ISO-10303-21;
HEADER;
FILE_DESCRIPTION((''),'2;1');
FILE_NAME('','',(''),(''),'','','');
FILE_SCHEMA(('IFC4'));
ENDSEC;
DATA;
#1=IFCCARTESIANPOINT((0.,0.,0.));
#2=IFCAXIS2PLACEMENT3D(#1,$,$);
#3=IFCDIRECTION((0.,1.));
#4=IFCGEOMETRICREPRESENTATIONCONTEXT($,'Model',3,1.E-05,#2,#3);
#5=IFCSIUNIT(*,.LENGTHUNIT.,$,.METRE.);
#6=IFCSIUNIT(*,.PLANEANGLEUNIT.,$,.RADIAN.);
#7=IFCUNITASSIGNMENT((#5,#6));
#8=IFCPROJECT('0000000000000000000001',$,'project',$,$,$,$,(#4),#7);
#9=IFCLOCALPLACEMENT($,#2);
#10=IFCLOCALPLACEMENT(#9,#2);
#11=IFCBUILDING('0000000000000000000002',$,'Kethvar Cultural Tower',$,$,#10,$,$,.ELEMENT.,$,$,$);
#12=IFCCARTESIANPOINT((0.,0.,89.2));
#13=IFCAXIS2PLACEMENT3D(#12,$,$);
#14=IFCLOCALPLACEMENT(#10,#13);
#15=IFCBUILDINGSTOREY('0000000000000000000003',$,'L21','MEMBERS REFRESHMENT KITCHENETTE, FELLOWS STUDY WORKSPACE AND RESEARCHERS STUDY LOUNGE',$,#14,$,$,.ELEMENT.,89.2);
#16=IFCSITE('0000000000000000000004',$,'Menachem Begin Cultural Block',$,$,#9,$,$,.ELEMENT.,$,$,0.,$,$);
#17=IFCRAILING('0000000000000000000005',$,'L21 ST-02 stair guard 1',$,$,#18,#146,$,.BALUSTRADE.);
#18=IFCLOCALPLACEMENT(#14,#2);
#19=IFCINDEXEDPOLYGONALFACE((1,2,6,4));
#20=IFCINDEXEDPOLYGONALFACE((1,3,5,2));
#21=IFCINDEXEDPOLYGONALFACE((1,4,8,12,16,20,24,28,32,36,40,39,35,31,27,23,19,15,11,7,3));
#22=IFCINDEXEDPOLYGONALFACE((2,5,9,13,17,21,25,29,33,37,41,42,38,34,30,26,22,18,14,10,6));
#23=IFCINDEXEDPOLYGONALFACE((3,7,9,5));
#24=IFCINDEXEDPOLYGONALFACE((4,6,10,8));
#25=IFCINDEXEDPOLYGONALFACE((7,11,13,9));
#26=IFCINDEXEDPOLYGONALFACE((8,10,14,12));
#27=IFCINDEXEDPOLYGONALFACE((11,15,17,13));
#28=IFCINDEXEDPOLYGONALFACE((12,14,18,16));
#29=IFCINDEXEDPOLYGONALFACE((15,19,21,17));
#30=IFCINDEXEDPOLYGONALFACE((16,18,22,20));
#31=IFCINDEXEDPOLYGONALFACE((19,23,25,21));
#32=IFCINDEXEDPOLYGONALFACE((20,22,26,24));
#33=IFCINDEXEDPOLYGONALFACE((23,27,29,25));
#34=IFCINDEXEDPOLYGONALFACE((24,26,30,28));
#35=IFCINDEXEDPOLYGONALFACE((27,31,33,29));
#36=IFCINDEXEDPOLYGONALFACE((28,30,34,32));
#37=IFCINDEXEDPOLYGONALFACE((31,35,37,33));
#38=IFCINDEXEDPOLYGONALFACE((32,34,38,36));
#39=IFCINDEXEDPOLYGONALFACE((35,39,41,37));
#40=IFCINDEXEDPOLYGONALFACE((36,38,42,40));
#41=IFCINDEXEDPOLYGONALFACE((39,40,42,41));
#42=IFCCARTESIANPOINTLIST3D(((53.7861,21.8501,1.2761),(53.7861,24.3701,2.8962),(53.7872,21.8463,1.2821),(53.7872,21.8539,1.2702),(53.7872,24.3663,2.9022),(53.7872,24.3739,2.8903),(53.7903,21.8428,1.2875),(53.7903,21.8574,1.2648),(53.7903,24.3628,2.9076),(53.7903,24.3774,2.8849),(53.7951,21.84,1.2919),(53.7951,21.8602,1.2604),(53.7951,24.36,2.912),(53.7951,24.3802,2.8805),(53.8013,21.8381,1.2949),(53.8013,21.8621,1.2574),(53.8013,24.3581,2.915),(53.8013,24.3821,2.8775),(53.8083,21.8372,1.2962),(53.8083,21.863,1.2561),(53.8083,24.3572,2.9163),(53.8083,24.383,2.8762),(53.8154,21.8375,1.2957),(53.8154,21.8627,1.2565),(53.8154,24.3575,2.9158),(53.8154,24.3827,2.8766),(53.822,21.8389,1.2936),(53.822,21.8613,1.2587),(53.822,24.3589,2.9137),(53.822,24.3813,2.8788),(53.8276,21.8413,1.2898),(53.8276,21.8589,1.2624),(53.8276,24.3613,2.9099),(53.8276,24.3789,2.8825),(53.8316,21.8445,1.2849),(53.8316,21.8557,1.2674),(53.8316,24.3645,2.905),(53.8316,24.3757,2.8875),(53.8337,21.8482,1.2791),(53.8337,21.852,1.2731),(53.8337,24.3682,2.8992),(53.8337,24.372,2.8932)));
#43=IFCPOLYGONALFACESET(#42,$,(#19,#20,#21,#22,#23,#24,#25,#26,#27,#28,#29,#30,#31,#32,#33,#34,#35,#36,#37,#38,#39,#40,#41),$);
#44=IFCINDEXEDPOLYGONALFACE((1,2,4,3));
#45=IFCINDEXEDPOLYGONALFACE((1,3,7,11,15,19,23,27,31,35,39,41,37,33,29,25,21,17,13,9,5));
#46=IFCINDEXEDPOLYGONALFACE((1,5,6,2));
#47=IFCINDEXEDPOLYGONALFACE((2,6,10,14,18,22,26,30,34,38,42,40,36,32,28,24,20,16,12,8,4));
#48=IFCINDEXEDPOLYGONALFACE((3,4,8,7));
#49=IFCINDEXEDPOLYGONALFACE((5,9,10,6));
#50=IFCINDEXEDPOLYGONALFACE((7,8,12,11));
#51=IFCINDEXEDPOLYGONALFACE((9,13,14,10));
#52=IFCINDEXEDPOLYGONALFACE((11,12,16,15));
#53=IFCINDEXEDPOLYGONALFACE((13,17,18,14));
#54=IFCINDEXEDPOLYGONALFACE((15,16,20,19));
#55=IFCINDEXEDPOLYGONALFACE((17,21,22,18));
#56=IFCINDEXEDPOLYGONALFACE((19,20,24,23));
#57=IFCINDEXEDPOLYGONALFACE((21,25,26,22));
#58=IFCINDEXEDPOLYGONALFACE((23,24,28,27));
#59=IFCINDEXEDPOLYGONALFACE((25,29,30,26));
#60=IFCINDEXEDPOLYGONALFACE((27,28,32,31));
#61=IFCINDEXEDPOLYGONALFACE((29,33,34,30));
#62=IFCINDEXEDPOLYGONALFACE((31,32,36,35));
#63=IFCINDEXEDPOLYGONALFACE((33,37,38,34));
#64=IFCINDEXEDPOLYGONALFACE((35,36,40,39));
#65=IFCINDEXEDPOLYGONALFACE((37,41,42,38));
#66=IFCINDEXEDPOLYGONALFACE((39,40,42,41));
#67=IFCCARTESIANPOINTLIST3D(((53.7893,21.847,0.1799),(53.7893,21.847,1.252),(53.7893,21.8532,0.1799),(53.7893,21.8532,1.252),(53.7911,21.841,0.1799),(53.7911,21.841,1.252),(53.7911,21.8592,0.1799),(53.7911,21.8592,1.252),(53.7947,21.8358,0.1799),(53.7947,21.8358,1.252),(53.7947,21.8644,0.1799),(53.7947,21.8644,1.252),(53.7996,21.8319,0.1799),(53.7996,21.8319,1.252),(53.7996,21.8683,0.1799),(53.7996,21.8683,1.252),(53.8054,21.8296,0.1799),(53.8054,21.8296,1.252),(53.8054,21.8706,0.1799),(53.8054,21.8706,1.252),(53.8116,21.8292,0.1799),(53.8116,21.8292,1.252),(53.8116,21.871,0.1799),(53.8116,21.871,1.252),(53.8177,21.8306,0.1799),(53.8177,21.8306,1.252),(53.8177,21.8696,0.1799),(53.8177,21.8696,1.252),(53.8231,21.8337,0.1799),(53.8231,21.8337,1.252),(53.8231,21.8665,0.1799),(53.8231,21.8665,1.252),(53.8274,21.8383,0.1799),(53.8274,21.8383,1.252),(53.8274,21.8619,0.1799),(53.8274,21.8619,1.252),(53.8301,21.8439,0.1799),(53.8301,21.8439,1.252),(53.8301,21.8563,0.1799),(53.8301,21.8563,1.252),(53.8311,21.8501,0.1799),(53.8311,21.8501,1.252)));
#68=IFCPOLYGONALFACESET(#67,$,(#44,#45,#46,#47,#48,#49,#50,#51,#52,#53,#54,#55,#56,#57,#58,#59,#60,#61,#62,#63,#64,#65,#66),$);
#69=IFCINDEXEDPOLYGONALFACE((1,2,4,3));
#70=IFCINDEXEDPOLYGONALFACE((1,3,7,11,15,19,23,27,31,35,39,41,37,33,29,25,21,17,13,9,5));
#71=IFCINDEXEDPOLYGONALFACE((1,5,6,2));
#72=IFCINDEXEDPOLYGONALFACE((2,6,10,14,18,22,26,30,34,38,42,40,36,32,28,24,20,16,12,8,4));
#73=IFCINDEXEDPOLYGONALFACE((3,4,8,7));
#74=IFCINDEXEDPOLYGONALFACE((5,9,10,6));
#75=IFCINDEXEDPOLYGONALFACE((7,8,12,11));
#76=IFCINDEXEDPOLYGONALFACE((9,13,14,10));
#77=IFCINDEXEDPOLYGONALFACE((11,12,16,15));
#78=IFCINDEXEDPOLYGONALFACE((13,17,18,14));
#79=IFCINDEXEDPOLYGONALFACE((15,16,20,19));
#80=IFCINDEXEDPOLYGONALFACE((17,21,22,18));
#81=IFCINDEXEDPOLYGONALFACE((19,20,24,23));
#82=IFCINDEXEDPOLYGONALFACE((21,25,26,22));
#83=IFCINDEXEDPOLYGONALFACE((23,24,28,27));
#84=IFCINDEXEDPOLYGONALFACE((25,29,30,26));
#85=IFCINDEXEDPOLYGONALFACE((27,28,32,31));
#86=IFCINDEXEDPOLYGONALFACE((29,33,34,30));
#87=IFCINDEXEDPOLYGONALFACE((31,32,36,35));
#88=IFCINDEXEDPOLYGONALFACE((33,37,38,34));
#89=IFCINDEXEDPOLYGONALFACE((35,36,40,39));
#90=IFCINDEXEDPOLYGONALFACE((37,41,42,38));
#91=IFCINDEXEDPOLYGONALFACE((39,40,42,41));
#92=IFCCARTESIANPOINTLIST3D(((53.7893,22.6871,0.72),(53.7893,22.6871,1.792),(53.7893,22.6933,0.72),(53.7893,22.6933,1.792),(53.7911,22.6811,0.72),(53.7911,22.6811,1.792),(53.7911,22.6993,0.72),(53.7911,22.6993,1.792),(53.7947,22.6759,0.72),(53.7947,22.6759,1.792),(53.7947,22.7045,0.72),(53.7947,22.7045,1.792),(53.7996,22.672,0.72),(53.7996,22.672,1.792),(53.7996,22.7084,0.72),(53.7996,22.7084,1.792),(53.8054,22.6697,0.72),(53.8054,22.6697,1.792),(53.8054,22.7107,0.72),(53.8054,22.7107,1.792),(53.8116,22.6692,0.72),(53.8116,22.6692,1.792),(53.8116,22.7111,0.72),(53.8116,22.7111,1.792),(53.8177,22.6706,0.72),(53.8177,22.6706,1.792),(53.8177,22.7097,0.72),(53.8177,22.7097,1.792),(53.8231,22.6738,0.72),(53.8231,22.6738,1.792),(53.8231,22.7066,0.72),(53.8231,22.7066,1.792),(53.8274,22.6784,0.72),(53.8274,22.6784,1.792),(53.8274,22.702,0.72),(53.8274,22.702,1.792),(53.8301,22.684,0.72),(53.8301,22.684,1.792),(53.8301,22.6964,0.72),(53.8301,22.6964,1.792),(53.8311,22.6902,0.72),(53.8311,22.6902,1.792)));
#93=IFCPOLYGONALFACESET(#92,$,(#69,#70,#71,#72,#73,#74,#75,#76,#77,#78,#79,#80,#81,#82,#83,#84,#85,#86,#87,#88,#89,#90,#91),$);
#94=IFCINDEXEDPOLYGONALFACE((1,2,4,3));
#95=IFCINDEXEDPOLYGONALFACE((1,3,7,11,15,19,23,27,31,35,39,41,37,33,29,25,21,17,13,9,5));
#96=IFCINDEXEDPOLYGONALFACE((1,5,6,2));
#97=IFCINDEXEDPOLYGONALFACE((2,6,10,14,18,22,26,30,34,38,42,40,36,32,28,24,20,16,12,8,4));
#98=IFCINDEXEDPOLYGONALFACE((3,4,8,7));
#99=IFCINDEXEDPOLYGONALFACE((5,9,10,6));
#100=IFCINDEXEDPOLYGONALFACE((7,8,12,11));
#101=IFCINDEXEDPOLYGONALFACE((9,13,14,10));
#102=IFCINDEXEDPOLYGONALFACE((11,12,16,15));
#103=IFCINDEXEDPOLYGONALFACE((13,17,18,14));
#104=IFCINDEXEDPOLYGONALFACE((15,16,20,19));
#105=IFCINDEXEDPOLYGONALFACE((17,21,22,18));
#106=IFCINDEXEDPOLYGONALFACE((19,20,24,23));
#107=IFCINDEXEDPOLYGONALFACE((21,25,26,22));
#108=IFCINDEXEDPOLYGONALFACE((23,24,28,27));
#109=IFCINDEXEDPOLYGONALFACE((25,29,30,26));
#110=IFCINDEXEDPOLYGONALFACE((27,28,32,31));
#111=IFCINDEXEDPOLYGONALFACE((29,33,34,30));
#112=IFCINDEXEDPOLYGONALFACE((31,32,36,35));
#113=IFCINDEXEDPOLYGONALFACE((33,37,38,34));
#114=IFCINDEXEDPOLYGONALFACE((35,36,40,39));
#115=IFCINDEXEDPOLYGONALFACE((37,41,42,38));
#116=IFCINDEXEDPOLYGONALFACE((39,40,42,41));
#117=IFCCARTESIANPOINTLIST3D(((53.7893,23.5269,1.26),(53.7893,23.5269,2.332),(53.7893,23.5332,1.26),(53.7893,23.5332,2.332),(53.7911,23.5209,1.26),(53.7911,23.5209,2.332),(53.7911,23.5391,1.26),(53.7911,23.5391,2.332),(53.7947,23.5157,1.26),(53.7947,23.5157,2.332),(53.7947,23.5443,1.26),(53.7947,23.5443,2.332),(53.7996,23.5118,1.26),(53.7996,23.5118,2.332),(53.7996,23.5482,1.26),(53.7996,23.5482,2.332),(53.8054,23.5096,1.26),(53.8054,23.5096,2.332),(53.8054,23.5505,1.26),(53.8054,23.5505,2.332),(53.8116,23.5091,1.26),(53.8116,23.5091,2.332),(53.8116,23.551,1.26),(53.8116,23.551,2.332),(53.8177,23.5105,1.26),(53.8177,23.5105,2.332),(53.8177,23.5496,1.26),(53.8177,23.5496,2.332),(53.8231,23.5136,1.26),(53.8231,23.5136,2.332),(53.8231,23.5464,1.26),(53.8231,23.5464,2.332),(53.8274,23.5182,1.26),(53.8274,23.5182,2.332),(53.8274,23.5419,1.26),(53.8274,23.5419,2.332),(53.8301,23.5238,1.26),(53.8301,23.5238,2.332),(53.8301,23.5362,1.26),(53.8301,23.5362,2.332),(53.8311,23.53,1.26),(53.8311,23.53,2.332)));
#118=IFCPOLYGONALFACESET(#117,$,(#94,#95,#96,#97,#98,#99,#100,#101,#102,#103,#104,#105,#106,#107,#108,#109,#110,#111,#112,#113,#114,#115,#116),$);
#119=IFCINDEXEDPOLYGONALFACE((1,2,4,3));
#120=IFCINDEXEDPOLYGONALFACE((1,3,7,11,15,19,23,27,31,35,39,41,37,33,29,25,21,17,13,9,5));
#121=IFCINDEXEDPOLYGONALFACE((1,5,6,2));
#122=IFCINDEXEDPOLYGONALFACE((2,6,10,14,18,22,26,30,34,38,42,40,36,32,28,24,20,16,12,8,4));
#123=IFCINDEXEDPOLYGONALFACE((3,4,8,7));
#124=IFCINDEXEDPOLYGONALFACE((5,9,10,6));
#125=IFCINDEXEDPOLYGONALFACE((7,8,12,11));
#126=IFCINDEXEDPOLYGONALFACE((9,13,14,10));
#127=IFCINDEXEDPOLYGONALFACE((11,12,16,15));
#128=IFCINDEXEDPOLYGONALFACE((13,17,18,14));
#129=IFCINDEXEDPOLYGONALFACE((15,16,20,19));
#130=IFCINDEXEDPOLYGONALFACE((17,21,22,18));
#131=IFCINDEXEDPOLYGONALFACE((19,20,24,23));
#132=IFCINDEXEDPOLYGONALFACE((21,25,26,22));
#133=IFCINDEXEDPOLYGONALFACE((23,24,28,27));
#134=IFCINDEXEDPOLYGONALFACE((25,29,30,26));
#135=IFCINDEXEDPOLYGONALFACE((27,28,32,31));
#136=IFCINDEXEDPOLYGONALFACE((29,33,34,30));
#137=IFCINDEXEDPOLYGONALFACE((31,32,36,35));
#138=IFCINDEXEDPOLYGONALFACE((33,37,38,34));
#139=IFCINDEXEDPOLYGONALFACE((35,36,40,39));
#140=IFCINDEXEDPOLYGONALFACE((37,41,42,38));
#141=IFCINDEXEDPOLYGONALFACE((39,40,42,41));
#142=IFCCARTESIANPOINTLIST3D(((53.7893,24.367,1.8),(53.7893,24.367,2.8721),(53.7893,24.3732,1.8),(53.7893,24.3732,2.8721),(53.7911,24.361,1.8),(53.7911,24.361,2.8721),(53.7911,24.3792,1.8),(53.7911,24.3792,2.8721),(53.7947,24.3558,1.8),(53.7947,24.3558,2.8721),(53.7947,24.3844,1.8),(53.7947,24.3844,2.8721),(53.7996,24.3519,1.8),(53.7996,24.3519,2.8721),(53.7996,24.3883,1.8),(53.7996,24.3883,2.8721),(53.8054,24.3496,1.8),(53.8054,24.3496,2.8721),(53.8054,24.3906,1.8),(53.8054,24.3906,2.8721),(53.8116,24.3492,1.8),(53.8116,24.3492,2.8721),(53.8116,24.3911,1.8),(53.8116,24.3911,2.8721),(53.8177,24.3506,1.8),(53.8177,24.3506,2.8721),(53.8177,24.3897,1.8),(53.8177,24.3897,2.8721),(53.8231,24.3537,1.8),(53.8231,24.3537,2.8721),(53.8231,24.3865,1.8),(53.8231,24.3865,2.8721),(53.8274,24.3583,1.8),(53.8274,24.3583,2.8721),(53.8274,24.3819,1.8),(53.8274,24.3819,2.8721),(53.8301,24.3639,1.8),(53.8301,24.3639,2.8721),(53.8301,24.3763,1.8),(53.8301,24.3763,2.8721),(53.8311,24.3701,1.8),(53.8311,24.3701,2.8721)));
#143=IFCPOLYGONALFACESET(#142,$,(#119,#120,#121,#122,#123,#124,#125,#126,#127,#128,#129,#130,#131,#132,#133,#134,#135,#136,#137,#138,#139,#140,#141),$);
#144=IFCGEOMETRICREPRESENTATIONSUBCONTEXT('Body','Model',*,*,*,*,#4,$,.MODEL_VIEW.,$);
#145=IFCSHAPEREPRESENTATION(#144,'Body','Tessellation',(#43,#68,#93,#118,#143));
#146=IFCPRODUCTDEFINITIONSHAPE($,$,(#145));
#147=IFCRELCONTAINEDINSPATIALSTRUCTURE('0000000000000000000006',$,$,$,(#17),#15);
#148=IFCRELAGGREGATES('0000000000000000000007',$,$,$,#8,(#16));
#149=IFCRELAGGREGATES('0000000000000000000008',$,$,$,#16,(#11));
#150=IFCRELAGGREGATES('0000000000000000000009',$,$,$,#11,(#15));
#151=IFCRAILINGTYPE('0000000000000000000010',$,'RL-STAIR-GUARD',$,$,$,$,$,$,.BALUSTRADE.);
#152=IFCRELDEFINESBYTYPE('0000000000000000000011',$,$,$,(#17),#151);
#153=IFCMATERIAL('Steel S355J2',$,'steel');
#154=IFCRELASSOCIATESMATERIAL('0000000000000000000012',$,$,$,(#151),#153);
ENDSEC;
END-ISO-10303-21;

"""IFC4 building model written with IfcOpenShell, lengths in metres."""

from ifc_helpers import new_model, si_unit, direction, frame, origin, origin_2d, place, context, subcontext, project, spatial, circle, extrude, material, type_object, element, save


model = new_model("IFC4")

# Units and contexts
model_context = context("Model", 3, precision=1e-05, world=origin(), true_north=direction((0.0, 1.0)))
body_context = subcontext(model_context, "Body", "Model", "MODEL_VIEW")
ifc_project = project(units=[si_unit("LENGTHUNIT", "METRE"), si_unit("PLANEANGLEUNIT", "RADIAN")], contexts=[model_context])

# Site, building, storey
site_placement = place(None, origin())
site = spatial("IfcSite", under=ifc_project, at=site_placement, Name="Menachem Begin Cultural Block", CompositionType="ELEMENT", RefElevation=0.0)
building_placement = place(site_placement, origin())
building = spatial("IfcBuilding", under=site, at=building_placement, Name="Kethvar Cultural Tower", CompositionType="ELEMENT")
storey_placement = place(building_placement, frame((0.0, 0.0, 89.2)))
storey = spatial("IfcBuildingStorey", under=building, at=storey_placement, Name="L21", Description="MEMBERS REFRESHMENT KITCHENETTE, FELLOWS STUDY WORKSPACE AND RESEARCHERS STUDY LOUNGE", CompositionType="ELEMENT", Elevation=89.2)

# Shared definitions
ifc_material_1 = material(Name="Steel S355J2", Category="steel")

# Railing
railing_type_1 = type_object("IfcRailingType", Name="RL-STAIR-GUARD", PredefinedType="BALUSTRADE", material=ifc_material_1)
railing_1_placement = place(storey_placement, frame((53.8101, 21.8501, 0.1799)))
element("IfcRailing", 1, at=railing_1_placement, inside=storey, type_object=railing_type_1, Name="L21 ST-02 stair guard 1", PredefinedType="BALUSTRADE", context=body_context, shape_type="SweptSolid", body=[
    extrude(circle(Radius=0.0239, at=origin_2d()), frame((0.0, 0.0, 1.0962), z_axis=(0.0, 0.841163, 0.540782), x_axis=(-1.0, 0.0, 0.0)), (0.0, 0.0, 1.0), 2.9958),
    extrude(circle(Radius=0.021, at=origin_2d()), origin(), (0.0, 0.0, 1.0), 1.072),
    extrude(circle(Radius=0.021, at=origin_2d()), frame((0.0, 0.8401, 0.54)), (0.0, 0.0, 1.0), 1.072),
    extrude(circle(Radius=0.021, at=origin_2d()), frame((0.0, 1.6799, 1.0801)), (0.0, 0.0, 1.0), 1.072),
    extrude(circle(Radius=0.021, at=origin_2d()), frame((0.0, 2.52, 1.6201)), (0.0, 0.0, 1.0), 1.072),
])

save(model, "model.ifc")
